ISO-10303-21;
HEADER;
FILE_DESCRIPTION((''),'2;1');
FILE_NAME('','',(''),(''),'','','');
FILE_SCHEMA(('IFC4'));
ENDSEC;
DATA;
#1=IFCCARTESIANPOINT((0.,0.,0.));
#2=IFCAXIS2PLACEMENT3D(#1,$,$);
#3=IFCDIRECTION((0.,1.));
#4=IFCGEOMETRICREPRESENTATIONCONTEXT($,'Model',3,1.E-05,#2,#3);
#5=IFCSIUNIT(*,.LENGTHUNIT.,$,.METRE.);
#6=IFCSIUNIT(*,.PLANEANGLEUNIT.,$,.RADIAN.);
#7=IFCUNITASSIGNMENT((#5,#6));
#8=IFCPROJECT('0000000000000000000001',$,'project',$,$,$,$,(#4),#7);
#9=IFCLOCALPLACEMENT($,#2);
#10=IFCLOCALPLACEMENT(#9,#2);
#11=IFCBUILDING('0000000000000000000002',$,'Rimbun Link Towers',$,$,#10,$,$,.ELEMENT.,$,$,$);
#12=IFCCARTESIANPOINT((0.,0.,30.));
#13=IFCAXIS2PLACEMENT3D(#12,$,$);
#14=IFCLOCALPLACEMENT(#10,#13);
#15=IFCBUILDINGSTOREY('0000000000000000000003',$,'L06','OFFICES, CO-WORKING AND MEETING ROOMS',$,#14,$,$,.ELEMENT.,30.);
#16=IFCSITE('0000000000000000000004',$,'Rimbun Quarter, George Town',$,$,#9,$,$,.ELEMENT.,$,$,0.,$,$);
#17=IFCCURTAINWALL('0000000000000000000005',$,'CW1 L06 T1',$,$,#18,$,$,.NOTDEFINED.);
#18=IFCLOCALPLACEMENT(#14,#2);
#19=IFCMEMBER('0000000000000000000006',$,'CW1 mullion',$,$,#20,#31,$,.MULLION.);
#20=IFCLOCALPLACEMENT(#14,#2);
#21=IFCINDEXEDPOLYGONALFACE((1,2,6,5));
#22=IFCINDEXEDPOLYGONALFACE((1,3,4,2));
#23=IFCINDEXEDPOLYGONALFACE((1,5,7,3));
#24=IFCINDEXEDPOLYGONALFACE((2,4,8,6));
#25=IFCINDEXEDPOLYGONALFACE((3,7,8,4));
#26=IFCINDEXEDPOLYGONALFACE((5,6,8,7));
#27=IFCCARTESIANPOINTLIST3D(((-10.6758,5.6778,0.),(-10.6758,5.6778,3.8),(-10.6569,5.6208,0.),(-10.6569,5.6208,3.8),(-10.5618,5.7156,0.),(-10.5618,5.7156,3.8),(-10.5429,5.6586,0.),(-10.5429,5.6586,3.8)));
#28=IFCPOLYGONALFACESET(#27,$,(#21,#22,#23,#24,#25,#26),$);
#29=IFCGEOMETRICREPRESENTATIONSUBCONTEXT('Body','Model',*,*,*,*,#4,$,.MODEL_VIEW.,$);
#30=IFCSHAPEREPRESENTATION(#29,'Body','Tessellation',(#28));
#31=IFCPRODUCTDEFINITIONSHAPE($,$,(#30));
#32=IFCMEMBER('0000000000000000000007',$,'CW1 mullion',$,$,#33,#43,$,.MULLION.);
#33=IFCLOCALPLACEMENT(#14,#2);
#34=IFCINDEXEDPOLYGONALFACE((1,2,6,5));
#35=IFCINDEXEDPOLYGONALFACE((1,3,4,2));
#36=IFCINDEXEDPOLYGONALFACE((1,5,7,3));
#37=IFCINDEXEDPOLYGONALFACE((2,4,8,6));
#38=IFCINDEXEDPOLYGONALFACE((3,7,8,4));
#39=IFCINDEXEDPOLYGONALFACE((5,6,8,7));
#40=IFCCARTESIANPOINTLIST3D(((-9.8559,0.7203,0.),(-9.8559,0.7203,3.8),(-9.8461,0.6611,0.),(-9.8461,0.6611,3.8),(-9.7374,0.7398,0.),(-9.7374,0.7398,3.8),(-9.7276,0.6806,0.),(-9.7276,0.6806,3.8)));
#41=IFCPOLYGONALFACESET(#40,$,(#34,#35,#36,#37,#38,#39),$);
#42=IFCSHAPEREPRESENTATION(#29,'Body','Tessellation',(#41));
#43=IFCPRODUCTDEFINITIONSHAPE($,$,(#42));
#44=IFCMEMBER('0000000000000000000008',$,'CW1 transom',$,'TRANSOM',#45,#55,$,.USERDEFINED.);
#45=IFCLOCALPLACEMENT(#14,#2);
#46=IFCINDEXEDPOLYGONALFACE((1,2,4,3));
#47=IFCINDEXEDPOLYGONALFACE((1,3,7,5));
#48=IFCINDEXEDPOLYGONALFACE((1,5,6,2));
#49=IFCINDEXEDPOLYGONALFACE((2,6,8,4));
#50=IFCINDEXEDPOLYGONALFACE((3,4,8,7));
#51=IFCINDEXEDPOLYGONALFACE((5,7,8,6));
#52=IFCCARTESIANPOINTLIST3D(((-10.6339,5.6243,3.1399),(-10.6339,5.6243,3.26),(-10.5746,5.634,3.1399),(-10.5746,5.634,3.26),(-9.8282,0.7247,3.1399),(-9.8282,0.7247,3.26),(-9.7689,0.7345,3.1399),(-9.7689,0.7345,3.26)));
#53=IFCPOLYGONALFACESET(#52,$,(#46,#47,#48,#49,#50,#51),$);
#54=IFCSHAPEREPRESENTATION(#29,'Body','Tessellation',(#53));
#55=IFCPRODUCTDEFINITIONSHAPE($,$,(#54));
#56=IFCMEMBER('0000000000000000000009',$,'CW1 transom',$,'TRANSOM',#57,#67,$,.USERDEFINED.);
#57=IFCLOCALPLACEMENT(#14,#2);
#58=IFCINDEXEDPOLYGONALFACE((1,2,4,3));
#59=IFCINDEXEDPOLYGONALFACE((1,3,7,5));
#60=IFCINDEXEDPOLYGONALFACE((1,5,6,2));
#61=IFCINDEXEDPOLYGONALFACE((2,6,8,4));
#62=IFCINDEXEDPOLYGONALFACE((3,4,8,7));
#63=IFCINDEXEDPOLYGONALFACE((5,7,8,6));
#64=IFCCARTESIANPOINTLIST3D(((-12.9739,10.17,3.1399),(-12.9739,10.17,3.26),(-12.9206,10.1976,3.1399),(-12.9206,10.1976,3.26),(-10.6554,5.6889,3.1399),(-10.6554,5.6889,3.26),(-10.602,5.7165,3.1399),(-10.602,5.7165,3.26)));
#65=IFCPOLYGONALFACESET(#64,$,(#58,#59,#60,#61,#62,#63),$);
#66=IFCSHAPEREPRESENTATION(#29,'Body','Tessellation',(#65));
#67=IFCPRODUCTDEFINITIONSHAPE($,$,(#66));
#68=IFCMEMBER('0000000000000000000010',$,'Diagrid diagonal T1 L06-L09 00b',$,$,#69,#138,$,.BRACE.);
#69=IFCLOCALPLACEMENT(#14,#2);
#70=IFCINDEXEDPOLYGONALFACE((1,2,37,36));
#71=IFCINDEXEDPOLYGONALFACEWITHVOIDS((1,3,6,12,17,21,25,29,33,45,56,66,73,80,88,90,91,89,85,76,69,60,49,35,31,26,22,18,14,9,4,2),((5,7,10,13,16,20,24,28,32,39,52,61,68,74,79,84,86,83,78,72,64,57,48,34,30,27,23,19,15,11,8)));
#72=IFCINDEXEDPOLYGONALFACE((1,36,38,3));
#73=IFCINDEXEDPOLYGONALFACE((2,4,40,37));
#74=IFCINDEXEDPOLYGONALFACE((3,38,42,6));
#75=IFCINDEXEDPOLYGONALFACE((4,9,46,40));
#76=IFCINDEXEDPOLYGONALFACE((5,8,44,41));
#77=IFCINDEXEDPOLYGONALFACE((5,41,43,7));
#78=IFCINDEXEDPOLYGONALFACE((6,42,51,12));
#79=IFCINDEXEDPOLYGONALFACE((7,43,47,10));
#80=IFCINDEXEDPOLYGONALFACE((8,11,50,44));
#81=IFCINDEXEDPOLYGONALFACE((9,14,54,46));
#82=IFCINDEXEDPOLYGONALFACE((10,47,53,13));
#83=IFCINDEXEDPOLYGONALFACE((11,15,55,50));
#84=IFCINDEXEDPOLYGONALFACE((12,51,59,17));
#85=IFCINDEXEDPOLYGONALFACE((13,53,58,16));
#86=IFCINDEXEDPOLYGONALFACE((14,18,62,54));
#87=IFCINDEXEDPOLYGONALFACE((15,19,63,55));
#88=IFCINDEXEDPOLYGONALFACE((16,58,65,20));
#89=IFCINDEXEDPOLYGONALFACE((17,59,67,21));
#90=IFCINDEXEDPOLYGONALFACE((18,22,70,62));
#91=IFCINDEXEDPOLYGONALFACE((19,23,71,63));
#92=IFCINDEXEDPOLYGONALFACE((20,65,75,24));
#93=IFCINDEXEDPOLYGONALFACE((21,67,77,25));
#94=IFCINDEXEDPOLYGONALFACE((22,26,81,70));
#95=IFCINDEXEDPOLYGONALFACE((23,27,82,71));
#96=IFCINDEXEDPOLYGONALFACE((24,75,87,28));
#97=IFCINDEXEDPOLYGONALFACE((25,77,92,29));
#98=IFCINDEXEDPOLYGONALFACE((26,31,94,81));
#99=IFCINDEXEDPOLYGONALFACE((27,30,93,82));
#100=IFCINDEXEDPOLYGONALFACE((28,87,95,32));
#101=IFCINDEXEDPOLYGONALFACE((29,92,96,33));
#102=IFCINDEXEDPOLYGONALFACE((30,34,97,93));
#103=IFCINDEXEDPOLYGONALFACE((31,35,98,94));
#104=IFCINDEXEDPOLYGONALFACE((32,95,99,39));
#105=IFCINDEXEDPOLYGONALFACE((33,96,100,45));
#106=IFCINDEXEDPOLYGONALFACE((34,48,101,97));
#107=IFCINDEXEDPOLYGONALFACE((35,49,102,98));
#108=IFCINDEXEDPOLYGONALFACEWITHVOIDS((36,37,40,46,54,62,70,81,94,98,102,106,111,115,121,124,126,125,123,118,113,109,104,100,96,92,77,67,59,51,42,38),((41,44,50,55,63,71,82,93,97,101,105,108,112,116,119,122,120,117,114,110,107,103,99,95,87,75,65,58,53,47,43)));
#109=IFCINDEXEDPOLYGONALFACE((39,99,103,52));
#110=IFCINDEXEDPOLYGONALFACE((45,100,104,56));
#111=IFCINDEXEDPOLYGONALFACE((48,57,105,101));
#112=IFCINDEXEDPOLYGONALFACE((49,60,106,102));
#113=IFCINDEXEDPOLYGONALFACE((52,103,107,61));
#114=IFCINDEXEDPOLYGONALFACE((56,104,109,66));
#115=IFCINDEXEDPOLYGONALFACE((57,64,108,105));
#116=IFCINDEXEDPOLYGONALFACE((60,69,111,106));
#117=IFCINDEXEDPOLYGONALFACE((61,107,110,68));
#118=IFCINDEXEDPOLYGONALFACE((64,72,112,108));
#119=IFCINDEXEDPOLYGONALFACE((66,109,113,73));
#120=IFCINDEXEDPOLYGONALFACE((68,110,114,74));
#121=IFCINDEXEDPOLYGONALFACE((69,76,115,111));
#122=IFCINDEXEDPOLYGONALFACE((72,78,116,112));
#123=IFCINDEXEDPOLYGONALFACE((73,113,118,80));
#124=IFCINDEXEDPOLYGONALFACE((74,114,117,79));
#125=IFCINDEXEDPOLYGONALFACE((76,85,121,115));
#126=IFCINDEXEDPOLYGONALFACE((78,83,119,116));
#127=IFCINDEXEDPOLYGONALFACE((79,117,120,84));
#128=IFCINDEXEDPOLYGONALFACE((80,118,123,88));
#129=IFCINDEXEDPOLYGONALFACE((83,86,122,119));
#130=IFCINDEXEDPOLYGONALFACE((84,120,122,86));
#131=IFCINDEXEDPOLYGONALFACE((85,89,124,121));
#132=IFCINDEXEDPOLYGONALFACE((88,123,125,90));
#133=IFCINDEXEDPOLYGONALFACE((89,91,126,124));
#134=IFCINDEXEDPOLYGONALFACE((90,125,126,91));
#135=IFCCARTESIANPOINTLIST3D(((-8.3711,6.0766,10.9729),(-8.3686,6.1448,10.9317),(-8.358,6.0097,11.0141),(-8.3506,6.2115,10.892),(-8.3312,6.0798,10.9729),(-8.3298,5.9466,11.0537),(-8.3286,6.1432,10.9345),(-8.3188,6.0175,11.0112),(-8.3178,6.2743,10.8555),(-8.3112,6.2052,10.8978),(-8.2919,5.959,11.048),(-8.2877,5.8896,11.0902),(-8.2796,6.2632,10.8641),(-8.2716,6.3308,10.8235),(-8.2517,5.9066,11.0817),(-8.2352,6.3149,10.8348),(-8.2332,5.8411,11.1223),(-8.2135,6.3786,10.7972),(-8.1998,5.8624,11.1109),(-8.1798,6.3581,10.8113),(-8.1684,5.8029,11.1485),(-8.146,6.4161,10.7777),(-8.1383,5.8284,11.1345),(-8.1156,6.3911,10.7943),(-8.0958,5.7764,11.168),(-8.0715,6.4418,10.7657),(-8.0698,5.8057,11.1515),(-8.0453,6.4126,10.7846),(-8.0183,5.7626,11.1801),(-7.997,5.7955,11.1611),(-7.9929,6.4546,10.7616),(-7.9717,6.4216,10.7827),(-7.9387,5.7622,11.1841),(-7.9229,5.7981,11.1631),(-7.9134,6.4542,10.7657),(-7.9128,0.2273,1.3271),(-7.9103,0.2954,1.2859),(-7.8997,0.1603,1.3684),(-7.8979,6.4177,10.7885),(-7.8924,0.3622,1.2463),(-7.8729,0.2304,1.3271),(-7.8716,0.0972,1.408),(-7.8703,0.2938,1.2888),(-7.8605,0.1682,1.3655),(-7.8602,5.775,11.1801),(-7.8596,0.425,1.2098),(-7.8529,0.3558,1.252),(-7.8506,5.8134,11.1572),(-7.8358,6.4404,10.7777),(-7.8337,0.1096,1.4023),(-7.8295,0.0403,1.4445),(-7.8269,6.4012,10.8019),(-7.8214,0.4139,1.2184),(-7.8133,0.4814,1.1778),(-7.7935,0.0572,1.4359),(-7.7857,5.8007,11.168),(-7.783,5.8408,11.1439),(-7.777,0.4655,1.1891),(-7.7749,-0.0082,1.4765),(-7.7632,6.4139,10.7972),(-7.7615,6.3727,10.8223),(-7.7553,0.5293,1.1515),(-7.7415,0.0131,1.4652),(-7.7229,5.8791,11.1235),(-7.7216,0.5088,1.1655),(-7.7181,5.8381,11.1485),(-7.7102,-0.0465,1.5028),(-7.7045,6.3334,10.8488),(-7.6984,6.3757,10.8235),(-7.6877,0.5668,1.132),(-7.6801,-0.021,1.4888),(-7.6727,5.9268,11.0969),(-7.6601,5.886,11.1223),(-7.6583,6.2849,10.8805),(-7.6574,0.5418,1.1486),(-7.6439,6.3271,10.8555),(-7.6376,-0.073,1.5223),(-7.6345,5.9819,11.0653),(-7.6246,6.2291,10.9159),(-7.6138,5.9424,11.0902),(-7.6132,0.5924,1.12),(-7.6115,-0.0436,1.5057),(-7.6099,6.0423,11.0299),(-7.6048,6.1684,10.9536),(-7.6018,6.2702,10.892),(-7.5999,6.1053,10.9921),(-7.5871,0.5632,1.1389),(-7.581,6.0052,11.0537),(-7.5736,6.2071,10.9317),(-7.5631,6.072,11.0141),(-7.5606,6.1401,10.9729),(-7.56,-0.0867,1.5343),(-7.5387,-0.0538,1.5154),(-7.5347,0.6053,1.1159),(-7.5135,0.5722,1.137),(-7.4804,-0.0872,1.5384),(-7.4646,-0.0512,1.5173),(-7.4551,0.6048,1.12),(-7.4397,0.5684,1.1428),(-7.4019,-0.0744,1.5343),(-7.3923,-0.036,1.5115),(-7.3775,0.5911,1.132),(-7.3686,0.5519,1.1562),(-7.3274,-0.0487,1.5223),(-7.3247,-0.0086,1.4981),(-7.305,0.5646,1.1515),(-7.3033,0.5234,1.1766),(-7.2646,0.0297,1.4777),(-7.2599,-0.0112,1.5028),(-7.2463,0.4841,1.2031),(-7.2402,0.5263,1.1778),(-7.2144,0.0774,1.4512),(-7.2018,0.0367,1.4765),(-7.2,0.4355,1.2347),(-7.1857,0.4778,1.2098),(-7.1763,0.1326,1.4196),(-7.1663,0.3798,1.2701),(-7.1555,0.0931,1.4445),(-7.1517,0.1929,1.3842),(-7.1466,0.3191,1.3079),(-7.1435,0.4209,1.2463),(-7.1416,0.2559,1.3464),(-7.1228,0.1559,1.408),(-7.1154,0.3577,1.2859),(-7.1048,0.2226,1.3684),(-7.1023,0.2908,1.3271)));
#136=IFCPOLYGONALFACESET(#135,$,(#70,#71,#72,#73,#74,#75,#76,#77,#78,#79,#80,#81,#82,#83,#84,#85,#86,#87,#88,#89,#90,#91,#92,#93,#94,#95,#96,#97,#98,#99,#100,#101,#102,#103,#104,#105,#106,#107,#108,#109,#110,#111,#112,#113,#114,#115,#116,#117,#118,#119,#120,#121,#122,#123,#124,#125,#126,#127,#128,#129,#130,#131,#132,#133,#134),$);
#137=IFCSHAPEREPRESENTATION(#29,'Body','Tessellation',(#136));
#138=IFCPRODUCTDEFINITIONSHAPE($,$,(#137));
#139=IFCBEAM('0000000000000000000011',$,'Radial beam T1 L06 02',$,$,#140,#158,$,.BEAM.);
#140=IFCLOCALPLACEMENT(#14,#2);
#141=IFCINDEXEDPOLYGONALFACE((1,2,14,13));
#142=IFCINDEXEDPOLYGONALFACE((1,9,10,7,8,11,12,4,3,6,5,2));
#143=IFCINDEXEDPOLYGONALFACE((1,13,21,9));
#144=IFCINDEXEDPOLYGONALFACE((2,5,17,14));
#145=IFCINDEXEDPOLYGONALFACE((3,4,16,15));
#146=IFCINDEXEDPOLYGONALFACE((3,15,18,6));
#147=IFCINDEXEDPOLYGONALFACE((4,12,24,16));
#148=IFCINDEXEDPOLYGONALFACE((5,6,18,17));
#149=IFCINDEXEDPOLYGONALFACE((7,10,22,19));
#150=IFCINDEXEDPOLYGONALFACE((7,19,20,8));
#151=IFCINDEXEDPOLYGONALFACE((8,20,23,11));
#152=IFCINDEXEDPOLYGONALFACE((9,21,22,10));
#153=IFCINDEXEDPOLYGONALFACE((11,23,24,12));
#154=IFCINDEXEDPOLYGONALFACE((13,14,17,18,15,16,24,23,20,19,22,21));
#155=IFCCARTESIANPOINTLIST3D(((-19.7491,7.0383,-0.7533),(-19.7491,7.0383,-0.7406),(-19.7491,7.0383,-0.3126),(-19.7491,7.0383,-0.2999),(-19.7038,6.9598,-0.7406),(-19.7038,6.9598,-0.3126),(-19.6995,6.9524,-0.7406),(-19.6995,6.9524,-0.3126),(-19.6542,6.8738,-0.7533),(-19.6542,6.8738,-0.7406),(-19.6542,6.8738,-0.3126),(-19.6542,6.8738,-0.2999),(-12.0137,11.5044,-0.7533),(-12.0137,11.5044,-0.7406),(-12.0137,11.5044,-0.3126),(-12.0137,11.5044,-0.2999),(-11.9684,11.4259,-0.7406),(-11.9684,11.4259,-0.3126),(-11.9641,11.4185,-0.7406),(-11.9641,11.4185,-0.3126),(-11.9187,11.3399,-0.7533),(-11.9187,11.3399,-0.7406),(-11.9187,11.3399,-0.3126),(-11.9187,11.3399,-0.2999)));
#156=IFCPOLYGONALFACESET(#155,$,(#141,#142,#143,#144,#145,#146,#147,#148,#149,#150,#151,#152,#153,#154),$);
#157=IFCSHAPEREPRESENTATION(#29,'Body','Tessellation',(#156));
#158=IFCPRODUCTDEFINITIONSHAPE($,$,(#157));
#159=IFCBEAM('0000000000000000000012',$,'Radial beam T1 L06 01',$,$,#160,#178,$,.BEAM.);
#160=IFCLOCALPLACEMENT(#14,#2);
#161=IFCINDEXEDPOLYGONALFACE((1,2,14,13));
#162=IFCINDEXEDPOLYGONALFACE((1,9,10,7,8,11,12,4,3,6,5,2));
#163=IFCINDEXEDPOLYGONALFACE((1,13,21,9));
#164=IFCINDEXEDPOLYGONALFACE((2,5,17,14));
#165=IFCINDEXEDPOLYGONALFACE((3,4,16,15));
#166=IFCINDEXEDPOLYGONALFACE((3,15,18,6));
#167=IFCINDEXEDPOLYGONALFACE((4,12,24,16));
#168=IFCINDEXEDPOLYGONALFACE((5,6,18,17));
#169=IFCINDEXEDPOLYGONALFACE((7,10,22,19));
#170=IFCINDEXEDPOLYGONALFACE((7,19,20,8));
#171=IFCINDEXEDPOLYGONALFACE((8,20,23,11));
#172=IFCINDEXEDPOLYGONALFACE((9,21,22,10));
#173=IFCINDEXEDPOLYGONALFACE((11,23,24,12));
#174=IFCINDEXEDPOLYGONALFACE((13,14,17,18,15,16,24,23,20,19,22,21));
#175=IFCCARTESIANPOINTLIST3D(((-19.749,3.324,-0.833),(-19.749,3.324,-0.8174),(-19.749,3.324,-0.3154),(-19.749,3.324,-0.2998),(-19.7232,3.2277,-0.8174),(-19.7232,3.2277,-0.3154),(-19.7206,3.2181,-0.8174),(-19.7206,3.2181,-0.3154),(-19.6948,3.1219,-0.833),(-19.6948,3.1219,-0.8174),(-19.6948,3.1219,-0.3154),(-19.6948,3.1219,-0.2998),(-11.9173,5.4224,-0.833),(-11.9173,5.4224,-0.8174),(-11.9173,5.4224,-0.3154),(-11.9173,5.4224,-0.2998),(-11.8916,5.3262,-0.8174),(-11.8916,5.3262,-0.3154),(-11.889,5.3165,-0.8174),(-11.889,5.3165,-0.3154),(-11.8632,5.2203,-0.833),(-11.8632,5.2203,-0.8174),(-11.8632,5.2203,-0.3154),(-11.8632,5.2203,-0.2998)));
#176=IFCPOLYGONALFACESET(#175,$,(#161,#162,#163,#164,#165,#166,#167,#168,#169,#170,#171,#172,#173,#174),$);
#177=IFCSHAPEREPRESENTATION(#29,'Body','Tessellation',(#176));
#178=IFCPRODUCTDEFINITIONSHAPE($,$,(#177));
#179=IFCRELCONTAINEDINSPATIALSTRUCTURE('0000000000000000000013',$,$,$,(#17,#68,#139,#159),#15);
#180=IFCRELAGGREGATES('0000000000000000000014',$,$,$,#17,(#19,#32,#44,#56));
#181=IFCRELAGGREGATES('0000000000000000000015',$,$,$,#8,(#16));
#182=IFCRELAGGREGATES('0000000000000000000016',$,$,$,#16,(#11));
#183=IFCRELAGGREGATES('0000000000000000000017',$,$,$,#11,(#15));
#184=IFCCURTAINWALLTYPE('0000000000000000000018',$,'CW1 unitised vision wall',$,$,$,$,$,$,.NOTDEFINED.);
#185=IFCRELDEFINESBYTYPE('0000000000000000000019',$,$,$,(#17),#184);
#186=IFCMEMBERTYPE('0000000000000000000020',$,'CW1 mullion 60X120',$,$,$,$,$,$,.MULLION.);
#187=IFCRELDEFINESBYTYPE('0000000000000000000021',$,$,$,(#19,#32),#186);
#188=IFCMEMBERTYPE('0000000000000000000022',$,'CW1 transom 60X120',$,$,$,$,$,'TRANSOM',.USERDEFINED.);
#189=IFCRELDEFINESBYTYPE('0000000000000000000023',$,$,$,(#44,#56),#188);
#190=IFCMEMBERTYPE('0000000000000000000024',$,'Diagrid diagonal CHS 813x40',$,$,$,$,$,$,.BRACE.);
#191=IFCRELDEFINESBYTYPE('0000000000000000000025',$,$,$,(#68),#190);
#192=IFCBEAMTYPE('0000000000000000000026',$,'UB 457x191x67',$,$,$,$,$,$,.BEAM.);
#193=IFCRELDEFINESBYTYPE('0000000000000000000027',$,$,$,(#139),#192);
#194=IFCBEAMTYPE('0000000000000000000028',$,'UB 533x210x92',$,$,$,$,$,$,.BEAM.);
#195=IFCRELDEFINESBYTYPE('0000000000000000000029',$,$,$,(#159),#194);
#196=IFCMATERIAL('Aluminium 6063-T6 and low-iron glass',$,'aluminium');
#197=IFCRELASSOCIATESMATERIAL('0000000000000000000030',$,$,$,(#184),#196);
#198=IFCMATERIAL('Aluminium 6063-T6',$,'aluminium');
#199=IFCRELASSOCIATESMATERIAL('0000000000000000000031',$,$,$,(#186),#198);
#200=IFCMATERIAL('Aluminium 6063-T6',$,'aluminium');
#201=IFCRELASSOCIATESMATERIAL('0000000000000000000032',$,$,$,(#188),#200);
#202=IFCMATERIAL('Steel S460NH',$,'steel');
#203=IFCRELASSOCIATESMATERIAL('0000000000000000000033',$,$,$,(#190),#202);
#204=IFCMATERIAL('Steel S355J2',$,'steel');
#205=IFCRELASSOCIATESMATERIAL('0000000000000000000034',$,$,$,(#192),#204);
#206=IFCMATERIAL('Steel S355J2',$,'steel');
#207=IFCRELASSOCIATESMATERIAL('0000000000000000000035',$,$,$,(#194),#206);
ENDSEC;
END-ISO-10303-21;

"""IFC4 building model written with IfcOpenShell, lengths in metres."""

from ifc_helpers import new_model, si_unit, direction, frame, origin, origin_2d, place, context, subcontext, project, spatial, rectangle, hollow_circle, i_section, extrude, material, material_profile, profile_set, type_object, element, aggregate, save


model = new_model("IFC4")

# Units and contexts
model_context = context("Model", 3, precision=1e-05, world=origin(), true_north=direction((0.0, 1.0)))
body_context = subcontext(model_context, "Body", "Model", "MODEL_VIEW")
ifc_project = project(units=[si_unit("LENGTHUNIT", "METRE"), si_unit("PLANEANGLEUNIT", "RADIAN")], contexts=[model_context])

# Site, building, storey
site_placement = place(None, origin())
site = spatial("IfcSite", under=ifc_project, at=site_placement, Name="Rimbun Quarter, George Town", CompositionType="ELEMENT", RefElevation=0.0)
building_placement = place(site_placement, origin())
building = spatial("IfcBuilding", under=site, at=building_placement, Name="Rimbun Link Towers", CompositionType="ELEMENT")
storey_placement = place(building_placement, frame((0.0, 0.0, 30.0)))
storey = spatial("IfcBuildingStorey", under=building, at=storey_placement, Name="L06", Description="OFFICES, CO-WORKING AND MEETING ROOMS", CompositionType="ELEMENT", Elevation=30.0)

# Curtain wall, members
ifc_material_1 = material(Name="Aluminium 6063-T6 and low-iron glass", Category="aluminium")
curtain_wall_type = type_object("IfcCurtainWallType", Name="CW1 unitised vision wall", PredefinedType="NOTDEFINED", material=ifc_material_1)
curtain_wall_placement = place(storey_placement, origin())
curtain_wall = element("IfcCurtainWall", 1, at=curtain_wall_placement, inside=storey, type_object=curtain_wall_type, Name="CW1 L06 T1", PredefinedType="NOTDEFINED")
ifc_material_2 = material(Name="Aluminium 6063-T6", Category="aluminium")
ifc_material_profile_1 = material_profile(ifc_material_2, rectangle(XDim=0.1201, YDim=0.0601, at=origin_2d()), Name="MULLION 60X120")
ifc_profile_set_1 = profile_set([ifc_material_profile_1], Name="Aluminium 6063-T6")
member_type_1 = type_object("IfcMemberType", Name="CW1 mullion 60X120", PredefinedType="MULLION", material=ifc_profile_set_1)
member_1_placement = place(storey_placement, frame((-10.6094, 5.6682, 0.0), z_axis=(0.0, 0.0, 1.0), x_axis=(0.949161, 0.31479, 0.0)))
member_1 = element("IfcMember", 2, at=member_1_placement, type_object=member_type_1, Name="CW1 mullion", PredefinedType="MULLION", context=body_context, shape_type="SweptSolid", body=[
    extrude(rectangle(XDim=0.1201, YDim=0.0601, at=origin_2d()), origin(), (0.0, 0.0, 1.0), 3.8),
])
member_2_placement = place(storey_placement, frame((-9.7917, 0.7004, 0.0), z_axis=(0.0, 0.0, 1.0), x_axis=(0.986748, 0.162263, 0.0)))
member_2 = element("IfcMember", 3, at=member_2_placement, type_object=member_type_1, Name="CW1 mullion", PredefinedType="MULLION", context=body_context, shape_type="SweptSolid", body=[
    extrude(rectangle(XDim=0.1201, YDim=0.0601, at=origin_2d()), origin(), (0.0, 0.0, 1.0), 3.8),
])
ifc_material_3 = material(Name="Aluminium 6063-T6", Category="aluminium")
ifc_material_profile_2 = material_profile(ifc_material_3, rectangle(XDim=0.0601, YDim=0.1201, at=origin_2d()), Name="TRANSOM 60X120")
ifc_profile_set_2 = profile_set([ifc_material_profile_2], Name="Aluminium 6063-T6")
member_type_2 = type_object("IfcMemberType", Name="CW1 transom 60X120", ElementType="TRANSOM", PredefinedType="USERDEFINED", material=ifc_profile_set_2)
member_3_placement = place(storey_placement, frame((-10.6042, 5.6292, 3.2), z_axis=(0.162262, -0.986748, 0.0), x_axis=(0.986748, 0.162262, 0.0)))
member_3 = element("IfcMember", 4, at=member_3_placement, type_object=member_type_2, Name="CW1 transom", ObjectType="TRANSOM", PredefinedType="USERDEFINED", context=body_context, shape_type="SweptSolid", body=[
    extrude(rectangle(XDim=0.0601, YDim=0.1201, at=origin_2d()), origin(), (0.0, 0.0, 1.0), 4.9653),
])
member_4_placement = place(storey_placement, frame((-12.9473, 10.1838, 3.2), z_axis=(0.459539, -0.888158, 0.0), x_axis=(0.888158, 0.459539, 0.0)))
member_4 = element("IfcMember", 5, at=member_4_placement, type_object=member_type_2, Name="CW1 transom", ObjectType="TRANSOM", PredefinedType="USERDEFINED", context=body_context, shape_type="SweptSolid", body=[
    extrude(rectangle(XDim=0.0601, YDim=0.1201, at=origin_2d()), origin(), (0.0, 0.0, 1.0), 5.0454),
])

# Member
ifc_material_4 = material(Name="Steel S460NH", Category="steel")
ifc_material_profile_3 = material_profile(ifc_material_4, hollow_circle(Radius=0.4065, WallThickness=0.04, at=origin_2d()), Name="Diagrid diagonal CHS 813x40")
ifc_profile_set_3 = profile_set([ifc_material_profile_3], Name="Steel S460NH")
member_type_3 = type_object("IfcMemberType", Name="Diagrid diagonal CHS 813x40", PredefinedType="BRACE", material=ifc_profile_set_3)
member_5_placement = place(storey_placement, frame((-7.5076, 0.259, 1.3271), z_axis=(-0.040589, 0.518098, 0.854357), x_axis=(-0.996945, -0.078103, 0.0)))
element("IfcMember", 6, at=member_5_placement, inside=storey, type_object=member_type_3, Name="Diagrid diagonal T1 L06-L09 00b", PredefinedType="BRACE", context=body_context, shape_type="SweptSolid", body=[
    extrude(hollow_circle(Radius=0.4065, WallThickness=0.04, at=origin_2d()), origin(), (0.0, 0.0, 1.0), 11.29),
])

# Beams
ifc_material_5 = material(Name="Steel S355J2", Category="steel")
ifc_material_profile_4 = material_profile(ifc_material_5, i_section(OverallWidth=0.1899, OverallDepth=0.4534, WebThickness=0.0085, FlangeThickness=0.0127, at=origin_2d()), Name="UB 457x191x67")
ifc_profile_set_4 = profile_set([ifc_material_profile_4], Name="Steel S355J2")
beam_type_1 = type_object("IfcBeamType", Name="UB 457x191x67", PredefinedType="BEAM", material=ifc_profile_set_4)
beam_1_placement = place(storey_placement, frame((-19.7017, 6.9561, -0.5266), z_axis=(0.866023, 0.500005, 0.0), x_axis=(-0.500005, 0.866023, 0.0)))
element("IfcBeam", 7, at=beam_1_placement, inside=storey, type_object=beam_type_1, Name="Radial beam T1 L06 02", PredefinedType="BEAM", context=body_context, shape_type="SweptSolid", body=[
    extrude(i_section(OverallWidth=0.1899, OverallDepth=0.4534, WebThickness=0.0085, FlangeThickness=0.0127, at=origin_2d()), origin(), (0.0, 0.0, 1.0), 8.9321),
])
ifc_material_6 = material(Name="Steel S355J2", Category="steel")
ifc_material_profile_5 = material_profile(ifc_material_6, i_section(OverallWidth=0.2092, OverallDepth=0.5332, WebThickness=0.01, FlangeThickness=0.0156, at=origin_2d()), Name="UB 533x210x92")
ifc_profile_set_5 = profile_set([ifc_material_profile_5], Name="Steel S355J2")
beam_type_2 = type_object("IfcBeamType", Name="UB 533x210x92", PredefinedType="BEAM", material=ifc_profile_set_5)
beam_2_placement = place(storey_placement, frame((-19.7219, 3.2229, -0.5664), z_axis=(0.965928, 0.258811, 0.0), x_axis=(-0.258811, 0.965928, 0.0)))
element("IfcBeam", 8, at=beam_2_placement, inside=storey, type_object=beam_type_2, Name="Radial beam T1 L06 01", PredefinedType="BEAM", context=body_context, shape_type="SweptSolid", body=[
    extrude(i_section(OverallWidth=0.2092, OverallDepth=0.5332, WebThickness=0.01, FlangeThickness=0.0156, at=origin_2d()), origin(), (0.0, 0.0, 1.0), 8.1079),
])

aggregate(curtain_wall, [member_1, member_2, member_3, member_4])

save(model, "model.ifc")
